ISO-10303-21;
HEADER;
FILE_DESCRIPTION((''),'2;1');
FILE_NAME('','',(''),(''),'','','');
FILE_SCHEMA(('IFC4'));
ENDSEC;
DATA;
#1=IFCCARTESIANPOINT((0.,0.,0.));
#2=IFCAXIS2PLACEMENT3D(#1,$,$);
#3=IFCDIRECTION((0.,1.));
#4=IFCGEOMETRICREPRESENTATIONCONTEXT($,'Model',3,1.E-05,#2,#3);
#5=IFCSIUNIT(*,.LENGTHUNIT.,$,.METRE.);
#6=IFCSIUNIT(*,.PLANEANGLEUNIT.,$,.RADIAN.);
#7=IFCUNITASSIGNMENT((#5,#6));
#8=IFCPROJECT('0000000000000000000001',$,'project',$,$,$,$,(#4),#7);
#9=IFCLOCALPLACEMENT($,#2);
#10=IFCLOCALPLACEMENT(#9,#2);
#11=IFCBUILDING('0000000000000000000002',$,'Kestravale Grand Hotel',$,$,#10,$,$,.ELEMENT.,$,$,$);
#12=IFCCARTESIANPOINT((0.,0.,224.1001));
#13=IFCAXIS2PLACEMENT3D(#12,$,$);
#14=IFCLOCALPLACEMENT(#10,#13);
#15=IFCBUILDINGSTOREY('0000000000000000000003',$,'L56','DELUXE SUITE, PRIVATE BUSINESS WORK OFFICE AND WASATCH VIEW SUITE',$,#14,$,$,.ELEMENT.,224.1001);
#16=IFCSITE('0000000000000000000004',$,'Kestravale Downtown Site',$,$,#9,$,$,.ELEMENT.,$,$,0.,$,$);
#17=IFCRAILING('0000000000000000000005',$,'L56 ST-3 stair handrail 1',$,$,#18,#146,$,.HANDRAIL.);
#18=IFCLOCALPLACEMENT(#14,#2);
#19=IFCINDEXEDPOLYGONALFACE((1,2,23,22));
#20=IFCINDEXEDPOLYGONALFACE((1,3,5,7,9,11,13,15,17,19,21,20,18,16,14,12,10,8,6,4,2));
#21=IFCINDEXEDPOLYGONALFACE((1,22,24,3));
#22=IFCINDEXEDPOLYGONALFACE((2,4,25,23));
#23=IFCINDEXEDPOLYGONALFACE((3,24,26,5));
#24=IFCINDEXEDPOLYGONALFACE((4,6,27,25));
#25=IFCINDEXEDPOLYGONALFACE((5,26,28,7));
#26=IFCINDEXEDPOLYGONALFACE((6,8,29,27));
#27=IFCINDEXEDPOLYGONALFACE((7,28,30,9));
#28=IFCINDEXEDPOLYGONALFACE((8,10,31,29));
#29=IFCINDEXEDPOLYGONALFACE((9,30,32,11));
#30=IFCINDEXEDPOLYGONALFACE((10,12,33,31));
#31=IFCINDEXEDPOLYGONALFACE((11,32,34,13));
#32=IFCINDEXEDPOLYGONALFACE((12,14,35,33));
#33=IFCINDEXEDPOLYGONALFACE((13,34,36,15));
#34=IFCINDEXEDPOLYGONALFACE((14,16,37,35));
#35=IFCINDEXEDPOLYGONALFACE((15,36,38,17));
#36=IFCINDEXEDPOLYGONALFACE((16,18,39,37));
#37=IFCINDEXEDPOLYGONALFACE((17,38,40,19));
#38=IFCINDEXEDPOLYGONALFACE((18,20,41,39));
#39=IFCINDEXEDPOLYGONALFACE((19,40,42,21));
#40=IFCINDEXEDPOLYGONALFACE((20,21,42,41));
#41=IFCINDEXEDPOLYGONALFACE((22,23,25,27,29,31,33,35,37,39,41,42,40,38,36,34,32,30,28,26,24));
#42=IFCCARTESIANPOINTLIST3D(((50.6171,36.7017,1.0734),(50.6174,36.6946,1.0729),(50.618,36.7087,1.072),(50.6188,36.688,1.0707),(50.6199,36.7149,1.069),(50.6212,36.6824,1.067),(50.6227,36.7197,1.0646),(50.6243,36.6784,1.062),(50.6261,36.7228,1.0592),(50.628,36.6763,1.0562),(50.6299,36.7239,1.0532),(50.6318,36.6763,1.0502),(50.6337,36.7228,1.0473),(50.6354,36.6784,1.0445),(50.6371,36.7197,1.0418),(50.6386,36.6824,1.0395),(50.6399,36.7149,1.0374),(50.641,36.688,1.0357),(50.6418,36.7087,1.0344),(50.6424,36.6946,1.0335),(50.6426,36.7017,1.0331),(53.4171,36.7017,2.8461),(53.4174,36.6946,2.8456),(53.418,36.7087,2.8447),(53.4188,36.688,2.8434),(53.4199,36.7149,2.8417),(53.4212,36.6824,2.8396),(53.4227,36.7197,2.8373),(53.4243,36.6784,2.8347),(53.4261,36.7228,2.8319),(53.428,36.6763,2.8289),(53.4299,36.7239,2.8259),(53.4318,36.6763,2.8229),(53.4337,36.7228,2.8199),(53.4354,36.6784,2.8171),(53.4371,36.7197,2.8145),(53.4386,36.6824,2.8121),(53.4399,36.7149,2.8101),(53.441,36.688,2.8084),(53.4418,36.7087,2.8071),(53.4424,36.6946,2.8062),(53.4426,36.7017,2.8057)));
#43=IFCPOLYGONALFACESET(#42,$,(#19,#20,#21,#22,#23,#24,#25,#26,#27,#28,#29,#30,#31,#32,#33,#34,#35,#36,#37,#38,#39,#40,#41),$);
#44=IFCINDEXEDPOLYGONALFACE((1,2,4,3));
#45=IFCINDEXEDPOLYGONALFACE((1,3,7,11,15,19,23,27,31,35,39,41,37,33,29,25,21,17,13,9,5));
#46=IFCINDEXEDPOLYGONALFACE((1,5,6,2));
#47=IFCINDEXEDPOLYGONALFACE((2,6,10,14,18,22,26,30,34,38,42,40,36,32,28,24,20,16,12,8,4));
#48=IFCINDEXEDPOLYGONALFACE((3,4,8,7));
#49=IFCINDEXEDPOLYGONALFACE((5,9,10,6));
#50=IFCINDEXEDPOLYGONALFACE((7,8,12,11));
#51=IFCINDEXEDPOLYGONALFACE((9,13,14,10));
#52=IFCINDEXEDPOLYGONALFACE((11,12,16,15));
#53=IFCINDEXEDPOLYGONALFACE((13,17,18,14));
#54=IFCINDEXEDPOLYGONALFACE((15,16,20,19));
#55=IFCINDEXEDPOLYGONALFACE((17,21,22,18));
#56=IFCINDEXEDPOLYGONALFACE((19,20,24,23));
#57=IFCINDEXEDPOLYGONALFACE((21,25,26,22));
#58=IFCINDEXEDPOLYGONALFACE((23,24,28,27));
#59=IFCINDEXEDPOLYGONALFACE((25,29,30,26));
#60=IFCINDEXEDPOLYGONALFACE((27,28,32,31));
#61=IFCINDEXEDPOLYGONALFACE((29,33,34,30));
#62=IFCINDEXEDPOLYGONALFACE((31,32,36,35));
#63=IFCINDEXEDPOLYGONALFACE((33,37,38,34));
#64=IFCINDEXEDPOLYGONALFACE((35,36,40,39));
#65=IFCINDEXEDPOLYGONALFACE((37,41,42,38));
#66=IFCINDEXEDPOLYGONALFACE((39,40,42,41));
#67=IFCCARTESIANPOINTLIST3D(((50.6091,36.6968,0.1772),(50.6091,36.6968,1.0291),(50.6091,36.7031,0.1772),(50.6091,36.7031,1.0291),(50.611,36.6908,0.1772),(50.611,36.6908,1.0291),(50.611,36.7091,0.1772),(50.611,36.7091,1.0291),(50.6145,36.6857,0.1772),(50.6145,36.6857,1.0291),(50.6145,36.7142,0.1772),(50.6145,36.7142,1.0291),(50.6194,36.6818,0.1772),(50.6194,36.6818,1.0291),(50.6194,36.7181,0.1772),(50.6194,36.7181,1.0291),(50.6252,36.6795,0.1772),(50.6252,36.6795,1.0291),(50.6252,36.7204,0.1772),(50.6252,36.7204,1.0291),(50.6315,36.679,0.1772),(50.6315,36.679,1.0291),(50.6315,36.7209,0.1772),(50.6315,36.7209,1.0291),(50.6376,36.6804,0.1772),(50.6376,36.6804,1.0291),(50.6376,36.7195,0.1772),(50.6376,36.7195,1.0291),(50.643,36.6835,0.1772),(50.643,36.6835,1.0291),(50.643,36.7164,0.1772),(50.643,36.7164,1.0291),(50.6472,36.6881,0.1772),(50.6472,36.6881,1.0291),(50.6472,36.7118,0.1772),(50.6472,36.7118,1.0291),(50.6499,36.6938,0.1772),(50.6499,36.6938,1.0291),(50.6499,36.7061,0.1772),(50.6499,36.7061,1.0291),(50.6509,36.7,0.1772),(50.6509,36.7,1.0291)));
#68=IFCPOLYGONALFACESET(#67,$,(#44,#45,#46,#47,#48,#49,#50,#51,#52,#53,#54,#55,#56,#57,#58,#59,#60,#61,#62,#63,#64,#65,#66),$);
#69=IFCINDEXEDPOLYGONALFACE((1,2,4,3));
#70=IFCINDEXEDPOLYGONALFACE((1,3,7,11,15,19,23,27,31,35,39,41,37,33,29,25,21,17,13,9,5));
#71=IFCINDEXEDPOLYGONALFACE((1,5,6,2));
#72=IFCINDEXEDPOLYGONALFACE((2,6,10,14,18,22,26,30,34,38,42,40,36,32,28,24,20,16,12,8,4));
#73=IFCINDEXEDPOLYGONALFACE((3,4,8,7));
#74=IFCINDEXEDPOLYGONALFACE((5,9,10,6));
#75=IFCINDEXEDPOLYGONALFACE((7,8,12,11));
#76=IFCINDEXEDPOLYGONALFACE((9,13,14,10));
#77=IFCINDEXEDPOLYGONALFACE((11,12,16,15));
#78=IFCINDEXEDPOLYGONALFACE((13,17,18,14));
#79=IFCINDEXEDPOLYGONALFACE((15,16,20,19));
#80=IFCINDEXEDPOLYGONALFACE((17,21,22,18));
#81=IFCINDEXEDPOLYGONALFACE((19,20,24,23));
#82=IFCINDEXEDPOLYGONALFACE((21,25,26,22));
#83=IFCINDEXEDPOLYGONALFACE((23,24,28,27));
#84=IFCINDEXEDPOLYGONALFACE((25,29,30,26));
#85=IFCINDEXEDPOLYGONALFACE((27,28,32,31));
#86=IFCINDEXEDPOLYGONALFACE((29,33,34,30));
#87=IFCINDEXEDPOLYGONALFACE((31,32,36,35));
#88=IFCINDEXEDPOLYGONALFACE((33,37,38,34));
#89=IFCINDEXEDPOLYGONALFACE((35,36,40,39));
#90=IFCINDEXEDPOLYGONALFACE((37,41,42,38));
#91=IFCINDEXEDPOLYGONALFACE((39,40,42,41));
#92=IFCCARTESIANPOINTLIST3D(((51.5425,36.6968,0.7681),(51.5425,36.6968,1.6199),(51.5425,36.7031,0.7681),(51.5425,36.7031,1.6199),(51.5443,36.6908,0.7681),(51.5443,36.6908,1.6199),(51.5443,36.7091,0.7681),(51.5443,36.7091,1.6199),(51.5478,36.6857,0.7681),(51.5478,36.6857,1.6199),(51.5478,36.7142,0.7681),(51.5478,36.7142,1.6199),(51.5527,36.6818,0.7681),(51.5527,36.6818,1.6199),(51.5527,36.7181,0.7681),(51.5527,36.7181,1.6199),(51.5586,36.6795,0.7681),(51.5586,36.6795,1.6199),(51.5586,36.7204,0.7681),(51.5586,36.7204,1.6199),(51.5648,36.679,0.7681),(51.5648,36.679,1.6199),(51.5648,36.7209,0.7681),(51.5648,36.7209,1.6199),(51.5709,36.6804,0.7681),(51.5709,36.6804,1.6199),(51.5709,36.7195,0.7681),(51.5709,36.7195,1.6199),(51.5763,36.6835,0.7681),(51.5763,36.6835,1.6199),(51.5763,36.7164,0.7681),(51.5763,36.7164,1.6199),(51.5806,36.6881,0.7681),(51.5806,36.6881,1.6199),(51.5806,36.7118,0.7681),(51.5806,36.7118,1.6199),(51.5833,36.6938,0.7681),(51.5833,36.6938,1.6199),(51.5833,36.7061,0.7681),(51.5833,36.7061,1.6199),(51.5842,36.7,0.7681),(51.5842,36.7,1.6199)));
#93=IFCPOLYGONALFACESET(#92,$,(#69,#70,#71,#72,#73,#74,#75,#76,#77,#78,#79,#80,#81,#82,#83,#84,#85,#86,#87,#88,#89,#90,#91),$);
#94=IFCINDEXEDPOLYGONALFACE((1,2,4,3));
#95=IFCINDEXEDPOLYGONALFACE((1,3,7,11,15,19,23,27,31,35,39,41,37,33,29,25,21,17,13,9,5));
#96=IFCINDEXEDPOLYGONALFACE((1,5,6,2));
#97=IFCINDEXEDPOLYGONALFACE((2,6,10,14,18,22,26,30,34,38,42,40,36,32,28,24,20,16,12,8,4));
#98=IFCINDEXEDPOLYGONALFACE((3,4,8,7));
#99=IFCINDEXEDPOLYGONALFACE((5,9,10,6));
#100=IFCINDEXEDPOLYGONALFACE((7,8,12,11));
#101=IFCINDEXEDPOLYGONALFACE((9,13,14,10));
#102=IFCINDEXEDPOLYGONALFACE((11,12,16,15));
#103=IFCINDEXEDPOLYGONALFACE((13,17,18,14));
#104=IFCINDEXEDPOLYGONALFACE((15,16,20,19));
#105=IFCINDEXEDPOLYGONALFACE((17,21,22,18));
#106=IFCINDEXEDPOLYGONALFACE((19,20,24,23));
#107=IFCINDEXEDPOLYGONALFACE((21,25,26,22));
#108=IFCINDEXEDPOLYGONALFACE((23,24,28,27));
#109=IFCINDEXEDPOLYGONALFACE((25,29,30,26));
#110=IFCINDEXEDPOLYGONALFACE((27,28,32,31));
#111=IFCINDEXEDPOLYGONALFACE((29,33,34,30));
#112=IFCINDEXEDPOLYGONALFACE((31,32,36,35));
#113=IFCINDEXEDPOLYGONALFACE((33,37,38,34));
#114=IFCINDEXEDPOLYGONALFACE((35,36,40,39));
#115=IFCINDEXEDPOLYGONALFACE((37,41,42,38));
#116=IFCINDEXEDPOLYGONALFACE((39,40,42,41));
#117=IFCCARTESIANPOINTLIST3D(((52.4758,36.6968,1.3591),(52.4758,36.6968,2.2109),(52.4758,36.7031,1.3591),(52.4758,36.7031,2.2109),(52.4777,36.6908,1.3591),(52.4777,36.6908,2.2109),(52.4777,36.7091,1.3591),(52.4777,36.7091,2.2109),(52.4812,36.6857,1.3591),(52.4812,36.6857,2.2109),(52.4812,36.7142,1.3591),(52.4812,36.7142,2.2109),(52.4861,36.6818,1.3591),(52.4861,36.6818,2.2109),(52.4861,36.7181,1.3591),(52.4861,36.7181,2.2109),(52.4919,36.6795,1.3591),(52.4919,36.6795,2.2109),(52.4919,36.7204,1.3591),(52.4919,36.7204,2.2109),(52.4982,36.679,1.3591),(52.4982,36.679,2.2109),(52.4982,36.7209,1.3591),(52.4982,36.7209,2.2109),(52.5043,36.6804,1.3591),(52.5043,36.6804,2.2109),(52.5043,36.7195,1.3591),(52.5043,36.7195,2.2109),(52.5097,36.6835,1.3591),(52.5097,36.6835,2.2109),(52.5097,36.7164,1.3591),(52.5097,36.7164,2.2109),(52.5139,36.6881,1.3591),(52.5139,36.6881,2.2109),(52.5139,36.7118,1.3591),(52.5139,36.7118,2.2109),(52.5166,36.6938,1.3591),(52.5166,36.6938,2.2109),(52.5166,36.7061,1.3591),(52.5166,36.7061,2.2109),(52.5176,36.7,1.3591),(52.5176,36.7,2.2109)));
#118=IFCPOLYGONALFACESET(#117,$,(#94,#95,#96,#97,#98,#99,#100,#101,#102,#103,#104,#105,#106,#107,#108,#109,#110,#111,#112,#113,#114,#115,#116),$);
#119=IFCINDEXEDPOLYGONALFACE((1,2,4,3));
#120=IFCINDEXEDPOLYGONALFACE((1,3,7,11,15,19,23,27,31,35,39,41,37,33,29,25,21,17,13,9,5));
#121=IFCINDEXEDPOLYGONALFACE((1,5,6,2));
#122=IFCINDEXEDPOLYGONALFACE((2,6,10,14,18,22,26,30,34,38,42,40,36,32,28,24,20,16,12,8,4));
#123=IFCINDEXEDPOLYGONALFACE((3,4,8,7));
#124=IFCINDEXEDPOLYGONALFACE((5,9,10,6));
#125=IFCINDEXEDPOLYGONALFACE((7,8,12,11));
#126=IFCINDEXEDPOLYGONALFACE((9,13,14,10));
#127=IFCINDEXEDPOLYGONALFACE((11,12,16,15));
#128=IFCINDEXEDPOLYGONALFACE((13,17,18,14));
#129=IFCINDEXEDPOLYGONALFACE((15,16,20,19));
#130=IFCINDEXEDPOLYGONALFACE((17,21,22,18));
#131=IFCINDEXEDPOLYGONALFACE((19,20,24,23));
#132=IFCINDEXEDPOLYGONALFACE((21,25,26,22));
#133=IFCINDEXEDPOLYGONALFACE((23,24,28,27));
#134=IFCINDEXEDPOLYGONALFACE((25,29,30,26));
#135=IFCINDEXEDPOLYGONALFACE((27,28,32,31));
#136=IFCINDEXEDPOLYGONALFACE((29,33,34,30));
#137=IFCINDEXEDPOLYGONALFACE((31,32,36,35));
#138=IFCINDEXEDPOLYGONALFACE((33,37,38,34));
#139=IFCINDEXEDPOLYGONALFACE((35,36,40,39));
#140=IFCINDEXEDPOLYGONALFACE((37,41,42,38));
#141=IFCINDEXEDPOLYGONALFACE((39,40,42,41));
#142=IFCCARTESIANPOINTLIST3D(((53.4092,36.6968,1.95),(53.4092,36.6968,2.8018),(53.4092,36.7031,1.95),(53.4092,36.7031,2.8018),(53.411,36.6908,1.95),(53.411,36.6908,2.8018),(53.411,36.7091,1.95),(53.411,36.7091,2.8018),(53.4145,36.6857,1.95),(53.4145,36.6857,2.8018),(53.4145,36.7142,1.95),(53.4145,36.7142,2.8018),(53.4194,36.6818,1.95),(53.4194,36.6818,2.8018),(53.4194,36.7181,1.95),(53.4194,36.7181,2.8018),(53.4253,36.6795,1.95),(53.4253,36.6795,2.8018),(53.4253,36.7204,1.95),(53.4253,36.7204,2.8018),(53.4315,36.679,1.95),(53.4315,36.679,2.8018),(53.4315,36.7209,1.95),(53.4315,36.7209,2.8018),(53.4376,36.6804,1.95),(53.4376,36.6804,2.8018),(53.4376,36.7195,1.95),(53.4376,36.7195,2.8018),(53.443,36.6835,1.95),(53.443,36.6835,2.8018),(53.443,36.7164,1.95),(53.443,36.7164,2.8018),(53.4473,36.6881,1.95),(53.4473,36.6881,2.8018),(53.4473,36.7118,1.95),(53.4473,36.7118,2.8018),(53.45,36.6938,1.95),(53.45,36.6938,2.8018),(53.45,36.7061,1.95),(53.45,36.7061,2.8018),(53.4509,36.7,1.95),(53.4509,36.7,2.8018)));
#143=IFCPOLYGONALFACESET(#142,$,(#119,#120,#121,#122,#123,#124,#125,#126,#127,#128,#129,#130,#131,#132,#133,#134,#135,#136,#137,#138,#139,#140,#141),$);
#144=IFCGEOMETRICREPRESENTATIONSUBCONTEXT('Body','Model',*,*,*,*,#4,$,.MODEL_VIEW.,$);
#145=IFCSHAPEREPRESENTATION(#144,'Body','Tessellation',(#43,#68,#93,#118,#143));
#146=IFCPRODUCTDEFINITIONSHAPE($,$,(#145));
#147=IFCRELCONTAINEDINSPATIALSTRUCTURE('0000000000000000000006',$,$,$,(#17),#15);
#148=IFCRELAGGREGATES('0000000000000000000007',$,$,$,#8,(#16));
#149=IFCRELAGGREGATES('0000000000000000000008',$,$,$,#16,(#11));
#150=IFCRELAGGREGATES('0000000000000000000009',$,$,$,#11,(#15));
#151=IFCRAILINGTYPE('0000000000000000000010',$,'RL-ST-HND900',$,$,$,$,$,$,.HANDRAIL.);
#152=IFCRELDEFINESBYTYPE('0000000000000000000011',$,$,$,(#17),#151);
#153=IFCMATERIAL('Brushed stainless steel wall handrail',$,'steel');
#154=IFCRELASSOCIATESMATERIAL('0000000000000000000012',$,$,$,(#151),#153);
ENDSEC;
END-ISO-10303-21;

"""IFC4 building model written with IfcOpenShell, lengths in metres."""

from ifc_helpers import new_model, si_unit, direction, frame, origin, origin_2d, place, context, subcontext, project, spatial, circle, extrude, material, type_object, element, save


model = new_model("IFC4")

# Units and contexts
model_context = context("Model", 3, precision=1e-05, world=origin(), true_north=direction((0.0, 1.0)))
body_context = subcontext(model_context, "Body", "Model", "MODEL_VIEW")
ifc_project = project(units=[si_unit("LENGTHUNIT", "METRE"), si_unit("PLANEANGLEUNIT", "RADIAN")], contexts=[model_context])

# Site, building, storey
site_placement = place(None, origin())
site = spatial("IfcSite", under=ifc_project, at=site_placement, Name="Kestravale Downtown Site", CompositionType="ELEMENT", RefElevation=0.0)
building_placement = place(site_placement, origin())
building = spatial("IfcBuilding", under=site, at=building_placement, Name="Kestravale Grand Hotel", CompositionType="ELEMENT")
storey_placement = place(building_placement, frame((0.0, 0.0, 224.1001)))
storey = spatial("IfcBuildingStorey", under=building, at=storey_placement, Name="L56", Description="DELUXE SUITE, PRIVATE BUSINESS WORK OFFICE AND WASATCH VIEW SUITE", CompositionType="ELEMENT", Elevation=224.1001)

# Railing
ifc_material_1 = material(Name="Brushed stainless steel wall handrail", Category="steel")
railing_type_1 = type_object("IfcRailingType", Name="RL-ST-HND900", PredefinedType="HANDRAIL", material=ifc_material_1)
railing_1_placement = place(storey_placement, frame((50.6299, 36.7, 0.1772)))
element("IfcRailing", 1, at=railing_1_placement, inside=storey, type_object=railing_type_1, Name="L56 ST-3 stair handrail 1", PredefinedType="HANDRAIL", context=body_context, shape_type="SweptSolid", body=[
    extrude(circle(Radius=0.0239, at=origin_2d()), frame((0.0, 0.0, 0.876), z_axis=(0.844909, 0.0, 0.53491), x_axis=(0.0, 1.0, 0.0)), (0.0, 0.0, 1.0), 3.314),
    extrude(circle(Radius=0.021, at=origin_2d()), origin(), (0.0, 0.0, 1.0), 0.8518),
    extrude(circle(Radius=0.021, at=origin_2d()), frame((0.9333, 0.0, 0.5908)), (0.0, 0.0, 1.0), 0.8518),
    extrude(circle(Radius=0.021, at=origin_2d()), frame((1.8667, 0.0, 1.1819)), (0.0, 0.0, 1.0), 0.8518),
    extrude(circle(Radius=0.021, at=origin_2d()), frame((2.8, 0.0, 1.7727)), (0.0, 0.0, 1.0), 0.8518),
])

save(model, "model.ifc")
